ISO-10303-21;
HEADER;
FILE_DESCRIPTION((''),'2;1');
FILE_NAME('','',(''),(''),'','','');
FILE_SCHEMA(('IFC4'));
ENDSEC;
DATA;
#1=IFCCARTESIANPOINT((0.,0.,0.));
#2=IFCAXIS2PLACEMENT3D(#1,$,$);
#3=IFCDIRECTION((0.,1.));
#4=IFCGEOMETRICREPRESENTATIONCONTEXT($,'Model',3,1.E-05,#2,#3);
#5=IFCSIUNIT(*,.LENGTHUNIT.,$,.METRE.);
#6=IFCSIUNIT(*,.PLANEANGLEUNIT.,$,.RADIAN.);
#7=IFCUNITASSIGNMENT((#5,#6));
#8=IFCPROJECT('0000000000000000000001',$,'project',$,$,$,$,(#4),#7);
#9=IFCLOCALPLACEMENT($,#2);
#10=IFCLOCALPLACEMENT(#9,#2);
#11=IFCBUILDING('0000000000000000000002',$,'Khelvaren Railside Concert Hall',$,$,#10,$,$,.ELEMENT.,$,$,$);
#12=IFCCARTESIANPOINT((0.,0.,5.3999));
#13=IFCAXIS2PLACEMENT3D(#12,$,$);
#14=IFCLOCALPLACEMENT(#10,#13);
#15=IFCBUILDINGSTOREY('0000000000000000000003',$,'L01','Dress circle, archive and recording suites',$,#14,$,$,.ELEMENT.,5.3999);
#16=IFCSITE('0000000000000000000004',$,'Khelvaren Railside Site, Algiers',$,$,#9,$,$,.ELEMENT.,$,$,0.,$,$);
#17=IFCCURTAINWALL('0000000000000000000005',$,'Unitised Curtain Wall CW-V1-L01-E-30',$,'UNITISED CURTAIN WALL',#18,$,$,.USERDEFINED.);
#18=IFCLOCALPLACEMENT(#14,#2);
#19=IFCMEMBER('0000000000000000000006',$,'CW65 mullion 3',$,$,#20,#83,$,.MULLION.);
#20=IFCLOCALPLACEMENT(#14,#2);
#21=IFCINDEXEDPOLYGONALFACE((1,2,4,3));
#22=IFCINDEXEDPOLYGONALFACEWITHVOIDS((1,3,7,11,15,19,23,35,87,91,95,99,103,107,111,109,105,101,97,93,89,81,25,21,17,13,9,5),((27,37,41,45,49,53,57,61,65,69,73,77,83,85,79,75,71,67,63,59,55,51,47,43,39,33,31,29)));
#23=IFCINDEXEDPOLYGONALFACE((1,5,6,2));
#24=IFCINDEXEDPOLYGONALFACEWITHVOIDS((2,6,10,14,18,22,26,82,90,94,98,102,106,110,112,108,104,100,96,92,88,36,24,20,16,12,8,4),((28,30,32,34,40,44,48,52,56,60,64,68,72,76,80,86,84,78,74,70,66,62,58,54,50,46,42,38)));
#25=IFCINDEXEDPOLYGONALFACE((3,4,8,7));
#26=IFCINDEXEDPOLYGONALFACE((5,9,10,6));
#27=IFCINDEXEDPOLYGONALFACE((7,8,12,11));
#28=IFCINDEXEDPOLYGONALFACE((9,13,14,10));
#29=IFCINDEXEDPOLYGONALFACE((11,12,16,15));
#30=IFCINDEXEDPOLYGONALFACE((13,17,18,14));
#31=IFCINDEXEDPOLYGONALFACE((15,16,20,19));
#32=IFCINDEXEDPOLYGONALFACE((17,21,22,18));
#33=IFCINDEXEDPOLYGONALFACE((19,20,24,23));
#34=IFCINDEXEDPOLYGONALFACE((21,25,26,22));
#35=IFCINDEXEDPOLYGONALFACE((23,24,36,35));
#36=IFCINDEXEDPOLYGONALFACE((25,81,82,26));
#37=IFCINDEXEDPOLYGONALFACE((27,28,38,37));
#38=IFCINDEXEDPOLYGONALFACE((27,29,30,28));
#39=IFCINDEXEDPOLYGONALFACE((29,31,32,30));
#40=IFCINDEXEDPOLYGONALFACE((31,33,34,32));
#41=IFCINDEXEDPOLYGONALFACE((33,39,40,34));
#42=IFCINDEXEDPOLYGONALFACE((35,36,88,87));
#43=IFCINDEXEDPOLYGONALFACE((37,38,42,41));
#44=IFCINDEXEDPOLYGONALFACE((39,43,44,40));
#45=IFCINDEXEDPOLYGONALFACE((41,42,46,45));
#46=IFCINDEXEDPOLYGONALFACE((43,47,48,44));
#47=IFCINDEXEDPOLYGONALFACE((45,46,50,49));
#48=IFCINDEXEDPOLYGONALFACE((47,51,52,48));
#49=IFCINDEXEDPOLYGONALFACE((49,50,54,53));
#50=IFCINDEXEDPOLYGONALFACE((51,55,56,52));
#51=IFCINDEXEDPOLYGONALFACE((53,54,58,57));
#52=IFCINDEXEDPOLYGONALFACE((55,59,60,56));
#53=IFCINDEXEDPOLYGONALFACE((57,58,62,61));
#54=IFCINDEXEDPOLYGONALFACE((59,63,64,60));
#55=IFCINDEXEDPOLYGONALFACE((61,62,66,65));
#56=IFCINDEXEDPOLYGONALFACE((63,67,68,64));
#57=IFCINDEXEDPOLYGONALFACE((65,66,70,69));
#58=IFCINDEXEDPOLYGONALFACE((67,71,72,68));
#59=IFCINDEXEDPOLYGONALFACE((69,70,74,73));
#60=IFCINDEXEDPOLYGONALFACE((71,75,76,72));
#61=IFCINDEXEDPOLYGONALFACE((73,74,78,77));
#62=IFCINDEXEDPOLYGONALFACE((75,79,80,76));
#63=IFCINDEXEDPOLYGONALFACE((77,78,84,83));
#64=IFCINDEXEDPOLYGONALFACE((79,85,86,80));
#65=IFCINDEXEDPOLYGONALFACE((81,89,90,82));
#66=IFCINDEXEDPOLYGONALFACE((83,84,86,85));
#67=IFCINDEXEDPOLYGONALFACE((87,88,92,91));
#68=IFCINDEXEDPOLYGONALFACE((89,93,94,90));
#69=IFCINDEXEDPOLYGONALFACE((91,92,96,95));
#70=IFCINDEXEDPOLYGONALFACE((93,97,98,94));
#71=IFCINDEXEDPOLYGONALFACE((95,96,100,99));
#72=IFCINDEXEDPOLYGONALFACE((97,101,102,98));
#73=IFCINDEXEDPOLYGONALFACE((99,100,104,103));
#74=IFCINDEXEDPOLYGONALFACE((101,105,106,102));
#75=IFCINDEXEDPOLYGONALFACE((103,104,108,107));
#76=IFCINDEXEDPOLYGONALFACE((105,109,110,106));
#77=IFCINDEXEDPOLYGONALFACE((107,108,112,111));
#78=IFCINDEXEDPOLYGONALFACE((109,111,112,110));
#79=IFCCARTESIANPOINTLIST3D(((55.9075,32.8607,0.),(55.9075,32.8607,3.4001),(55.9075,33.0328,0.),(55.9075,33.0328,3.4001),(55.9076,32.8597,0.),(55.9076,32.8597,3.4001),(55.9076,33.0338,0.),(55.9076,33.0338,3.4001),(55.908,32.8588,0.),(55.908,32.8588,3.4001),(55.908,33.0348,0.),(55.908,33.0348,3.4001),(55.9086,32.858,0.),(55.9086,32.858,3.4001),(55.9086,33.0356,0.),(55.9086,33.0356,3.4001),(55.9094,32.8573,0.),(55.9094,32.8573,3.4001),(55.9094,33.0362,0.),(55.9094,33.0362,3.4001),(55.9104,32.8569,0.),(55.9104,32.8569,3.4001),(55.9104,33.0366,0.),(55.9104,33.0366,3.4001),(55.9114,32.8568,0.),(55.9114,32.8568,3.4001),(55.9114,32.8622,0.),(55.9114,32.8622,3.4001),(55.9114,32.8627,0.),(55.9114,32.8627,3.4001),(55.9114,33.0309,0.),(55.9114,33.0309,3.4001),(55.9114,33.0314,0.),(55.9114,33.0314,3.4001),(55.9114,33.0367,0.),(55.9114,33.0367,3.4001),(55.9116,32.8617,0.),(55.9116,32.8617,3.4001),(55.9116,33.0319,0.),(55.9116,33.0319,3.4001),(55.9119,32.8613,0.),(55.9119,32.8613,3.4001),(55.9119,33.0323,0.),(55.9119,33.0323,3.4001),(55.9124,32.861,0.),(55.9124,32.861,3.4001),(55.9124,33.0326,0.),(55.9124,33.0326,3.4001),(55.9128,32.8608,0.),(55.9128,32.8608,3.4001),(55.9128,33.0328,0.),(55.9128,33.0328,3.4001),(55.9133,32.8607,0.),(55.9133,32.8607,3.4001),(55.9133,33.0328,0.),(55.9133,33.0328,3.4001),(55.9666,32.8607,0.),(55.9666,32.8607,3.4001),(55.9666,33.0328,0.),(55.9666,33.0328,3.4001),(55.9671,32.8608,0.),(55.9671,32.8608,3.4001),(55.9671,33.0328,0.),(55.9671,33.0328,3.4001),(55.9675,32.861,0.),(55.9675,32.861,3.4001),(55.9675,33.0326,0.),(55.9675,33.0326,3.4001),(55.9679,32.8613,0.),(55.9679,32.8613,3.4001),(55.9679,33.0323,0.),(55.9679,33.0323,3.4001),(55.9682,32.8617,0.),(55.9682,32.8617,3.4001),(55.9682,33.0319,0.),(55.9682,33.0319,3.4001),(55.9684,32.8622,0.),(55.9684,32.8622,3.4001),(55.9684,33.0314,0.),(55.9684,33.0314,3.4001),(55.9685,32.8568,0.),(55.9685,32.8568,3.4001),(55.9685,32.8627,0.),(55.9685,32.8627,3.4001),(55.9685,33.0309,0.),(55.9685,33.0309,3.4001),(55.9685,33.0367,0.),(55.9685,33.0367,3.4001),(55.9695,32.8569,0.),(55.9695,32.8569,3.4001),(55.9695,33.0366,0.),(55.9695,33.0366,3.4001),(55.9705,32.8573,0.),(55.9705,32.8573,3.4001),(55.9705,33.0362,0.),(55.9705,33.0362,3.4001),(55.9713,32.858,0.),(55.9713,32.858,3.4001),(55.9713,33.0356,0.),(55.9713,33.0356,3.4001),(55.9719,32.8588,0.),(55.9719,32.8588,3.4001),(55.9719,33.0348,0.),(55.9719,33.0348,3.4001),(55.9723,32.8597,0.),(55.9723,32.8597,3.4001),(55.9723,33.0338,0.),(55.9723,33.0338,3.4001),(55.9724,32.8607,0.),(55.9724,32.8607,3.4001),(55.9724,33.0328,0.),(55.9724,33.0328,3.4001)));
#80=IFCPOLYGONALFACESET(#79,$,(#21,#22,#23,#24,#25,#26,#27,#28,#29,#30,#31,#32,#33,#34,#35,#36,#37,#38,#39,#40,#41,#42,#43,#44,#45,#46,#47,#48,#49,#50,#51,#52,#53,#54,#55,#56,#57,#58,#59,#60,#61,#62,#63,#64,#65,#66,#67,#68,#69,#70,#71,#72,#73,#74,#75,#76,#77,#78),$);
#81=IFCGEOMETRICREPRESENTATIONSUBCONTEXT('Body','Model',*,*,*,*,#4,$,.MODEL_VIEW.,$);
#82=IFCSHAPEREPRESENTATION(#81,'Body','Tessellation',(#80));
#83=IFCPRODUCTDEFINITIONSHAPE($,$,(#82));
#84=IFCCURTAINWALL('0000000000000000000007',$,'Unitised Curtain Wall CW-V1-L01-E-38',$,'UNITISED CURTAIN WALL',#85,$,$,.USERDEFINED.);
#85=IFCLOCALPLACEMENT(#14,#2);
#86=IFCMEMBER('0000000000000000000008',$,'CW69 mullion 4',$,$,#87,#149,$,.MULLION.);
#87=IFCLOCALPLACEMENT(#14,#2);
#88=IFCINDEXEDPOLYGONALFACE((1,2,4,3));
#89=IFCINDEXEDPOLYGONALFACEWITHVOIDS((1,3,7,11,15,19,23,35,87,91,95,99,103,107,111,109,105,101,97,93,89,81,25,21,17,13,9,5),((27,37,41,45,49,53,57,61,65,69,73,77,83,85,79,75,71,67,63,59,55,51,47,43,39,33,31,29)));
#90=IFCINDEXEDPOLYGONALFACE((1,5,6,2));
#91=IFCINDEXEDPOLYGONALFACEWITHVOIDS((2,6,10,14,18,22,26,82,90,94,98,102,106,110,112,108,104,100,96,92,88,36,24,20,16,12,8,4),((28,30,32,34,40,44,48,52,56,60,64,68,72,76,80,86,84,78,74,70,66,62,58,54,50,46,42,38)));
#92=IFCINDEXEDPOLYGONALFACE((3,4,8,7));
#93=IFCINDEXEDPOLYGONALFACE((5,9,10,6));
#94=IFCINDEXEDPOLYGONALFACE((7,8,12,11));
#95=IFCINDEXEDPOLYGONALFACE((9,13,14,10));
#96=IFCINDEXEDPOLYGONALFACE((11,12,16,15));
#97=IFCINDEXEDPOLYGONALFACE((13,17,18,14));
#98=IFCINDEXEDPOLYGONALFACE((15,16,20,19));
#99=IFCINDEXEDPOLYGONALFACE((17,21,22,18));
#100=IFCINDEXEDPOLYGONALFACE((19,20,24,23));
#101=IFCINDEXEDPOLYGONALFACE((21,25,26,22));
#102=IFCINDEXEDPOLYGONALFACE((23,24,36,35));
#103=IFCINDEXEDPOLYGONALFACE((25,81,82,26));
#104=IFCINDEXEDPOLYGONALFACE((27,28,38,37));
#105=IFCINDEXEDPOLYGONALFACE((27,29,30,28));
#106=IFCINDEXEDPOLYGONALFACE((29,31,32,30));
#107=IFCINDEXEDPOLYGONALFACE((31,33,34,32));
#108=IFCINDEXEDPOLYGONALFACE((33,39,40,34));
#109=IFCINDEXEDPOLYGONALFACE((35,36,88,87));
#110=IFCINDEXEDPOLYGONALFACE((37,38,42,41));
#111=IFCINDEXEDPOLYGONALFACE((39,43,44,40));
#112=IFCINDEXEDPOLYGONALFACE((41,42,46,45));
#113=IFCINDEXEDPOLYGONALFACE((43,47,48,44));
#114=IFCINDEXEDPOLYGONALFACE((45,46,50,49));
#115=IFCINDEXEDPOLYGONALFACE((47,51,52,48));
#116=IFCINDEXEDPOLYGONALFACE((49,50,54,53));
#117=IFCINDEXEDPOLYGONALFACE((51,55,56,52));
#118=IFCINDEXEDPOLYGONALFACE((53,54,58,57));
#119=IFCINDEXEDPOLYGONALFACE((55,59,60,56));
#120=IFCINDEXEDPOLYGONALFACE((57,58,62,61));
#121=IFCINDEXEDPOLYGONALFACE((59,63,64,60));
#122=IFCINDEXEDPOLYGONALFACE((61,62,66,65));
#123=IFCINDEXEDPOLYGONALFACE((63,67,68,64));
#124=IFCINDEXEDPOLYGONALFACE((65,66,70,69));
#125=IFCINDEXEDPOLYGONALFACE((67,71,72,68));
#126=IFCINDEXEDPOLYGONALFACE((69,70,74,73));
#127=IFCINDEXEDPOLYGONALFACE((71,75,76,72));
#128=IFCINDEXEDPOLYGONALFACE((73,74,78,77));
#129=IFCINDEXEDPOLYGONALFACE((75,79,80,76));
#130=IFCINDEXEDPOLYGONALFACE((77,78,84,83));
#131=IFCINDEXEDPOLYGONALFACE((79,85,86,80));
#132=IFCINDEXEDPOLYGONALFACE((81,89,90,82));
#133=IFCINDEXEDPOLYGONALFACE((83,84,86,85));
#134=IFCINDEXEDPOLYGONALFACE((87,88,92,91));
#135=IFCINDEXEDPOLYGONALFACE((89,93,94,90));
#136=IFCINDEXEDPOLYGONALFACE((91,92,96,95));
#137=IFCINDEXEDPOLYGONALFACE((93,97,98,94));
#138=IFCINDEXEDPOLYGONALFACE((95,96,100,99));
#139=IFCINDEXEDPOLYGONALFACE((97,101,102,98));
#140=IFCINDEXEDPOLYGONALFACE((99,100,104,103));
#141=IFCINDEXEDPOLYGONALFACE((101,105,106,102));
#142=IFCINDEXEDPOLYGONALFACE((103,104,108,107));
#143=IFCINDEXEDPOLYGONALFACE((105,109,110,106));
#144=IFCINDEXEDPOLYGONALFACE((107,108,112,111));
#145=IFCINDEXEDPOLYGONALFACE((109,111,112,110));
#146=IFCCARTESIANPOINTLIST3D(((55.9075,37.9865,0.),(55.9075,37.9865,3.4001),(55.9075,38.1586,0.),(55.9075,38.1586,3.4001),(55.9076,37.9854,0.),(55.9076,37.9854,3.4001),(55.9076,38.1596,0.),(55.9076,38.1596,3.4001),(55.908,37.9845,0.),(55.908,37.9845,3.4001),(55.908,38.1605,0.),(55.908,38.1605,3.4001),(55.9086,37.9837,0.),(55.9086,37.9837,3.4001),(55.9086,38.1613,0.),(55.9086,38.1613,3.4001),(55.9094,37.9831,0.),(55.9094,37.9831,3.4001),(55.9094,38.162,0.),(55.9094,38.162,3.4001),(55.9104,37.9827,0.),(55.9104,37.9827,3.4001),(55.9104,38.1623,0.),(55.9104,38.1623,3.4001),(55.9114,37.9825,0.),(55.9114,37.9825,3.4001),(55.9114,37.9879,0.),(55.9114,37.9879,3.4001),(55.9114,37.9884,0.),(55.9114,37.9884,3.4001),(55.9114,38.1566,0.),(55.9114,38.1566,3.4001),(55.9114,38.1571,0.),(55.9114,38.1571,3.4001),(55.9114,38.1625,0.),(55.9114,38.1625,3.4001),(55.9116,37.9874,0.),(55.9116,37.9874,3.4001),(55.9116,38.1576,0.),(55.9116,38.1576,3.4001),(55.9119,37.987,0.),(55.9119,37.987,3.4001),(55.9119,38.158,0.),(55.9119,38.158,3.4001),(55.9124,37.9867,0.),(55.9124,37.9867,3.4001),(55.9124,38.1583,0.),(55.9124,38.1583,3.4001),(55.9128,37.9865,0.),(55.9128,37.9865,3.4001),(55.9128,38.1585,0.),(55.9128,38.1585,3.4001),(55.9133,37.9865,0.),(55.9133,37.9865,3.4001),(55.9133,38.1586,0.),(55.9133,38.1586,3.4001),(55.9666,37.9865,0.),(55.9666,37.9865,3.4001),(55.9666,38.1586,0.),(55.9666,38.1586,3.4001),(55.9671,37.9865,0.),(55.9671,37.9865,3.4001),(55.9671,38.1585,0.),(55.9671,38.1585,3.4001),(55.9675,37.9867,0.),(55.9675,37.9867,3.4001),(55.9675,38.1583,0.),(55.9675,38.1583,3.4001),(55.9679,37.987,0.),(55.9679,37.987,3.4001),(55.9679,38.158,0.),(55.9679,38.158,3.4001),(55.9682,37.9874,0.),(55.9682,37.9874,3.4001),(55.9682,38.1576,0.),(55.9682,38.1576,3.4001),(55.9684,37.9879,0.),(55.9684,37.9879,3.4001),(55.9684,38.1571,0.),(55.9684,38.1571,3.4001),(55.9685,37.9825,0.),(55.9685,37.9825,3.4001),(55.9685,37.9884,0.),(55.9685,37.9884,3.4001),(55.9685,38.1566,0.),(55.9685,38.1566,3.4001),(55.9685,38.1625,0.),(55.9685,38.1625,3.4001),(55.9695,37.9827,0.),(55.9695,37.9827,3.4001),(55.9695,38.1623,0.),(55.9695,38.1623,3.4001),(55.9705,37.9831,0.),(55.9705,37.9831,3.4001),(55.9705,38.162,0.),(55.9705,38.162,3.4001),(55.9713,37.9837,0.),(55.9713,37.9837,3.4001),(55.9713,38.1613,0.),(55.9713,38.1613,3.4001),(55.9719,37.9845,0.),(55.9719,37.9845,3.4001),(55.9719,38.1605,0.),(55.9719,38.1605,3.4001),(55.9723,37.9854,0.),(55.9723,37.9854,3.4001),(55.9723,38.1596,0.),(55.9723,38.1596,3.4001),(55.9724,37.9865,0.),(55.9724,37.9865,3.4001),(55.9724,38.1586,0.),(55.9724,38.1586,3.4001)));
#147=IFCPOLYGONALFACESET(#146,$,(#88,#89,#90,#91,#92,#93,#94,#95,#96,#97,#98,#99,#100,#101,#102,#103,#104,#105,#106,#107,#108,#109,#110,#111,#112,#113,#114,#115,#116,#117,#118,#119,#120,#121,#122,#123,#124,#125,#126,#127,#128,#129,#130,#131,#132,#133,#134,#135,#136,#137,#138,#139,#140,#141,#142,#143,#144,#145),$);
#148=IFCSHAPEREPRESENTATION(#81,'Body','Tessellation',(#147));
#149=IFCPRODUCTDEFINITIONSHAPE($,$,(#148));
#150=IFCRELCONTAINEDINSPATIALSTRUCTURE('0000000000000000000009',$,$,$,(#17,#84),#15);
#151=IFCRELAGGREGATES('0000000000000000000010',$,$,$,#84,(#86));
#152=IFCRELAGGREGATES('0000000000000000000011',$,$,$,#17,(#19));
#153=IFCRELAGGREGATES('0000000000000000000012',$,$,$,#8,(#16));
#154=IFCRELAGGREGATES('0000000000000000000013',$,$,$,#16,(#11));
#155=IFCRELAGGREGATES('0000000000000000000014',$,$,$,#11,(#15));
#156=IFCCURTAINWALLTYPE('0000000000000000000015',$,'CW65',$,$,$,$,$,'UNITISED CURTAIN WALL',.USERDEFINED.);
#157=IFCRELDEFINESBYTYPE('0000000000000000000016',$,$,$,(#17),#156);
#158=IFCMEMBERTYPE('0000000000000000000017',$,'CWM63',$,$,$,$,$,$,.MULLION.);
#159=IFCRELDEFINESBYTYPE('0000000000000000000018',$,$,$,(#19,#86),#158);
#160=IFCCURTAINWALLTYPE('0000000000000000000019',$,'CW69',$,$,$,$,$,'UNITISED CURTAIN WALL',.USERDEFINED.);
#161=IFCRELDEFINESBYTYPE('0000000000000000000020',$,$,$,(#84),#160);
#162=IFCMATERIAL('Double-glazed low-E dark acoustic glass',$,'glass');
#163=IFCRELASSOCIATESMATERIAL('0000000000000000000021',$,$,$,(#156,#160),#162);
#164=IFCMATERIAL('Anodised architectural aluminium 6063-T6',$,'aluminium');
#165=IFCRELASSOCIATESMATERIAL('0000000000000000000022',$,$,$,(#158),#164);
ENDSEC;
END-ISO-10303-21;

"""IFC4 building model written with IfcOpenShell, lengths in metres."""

from ifc_helpers import new_model, si_unit, direction, frame, origin, origin_2d, place, context, subcontext, project, spatial, hollow_rectangle, extrude, material, material_profile, profile_set, type_object, element, aggregate, save


model = new_model("IFC4")

# Units and contexts
model_context = context("Model", 3, precision=1e-05, world=origin(), true_north=direction((0.0, 1.0)))
body_context = subcontext(model_context, "Body", "Model", "MODEL_VIEW")
ifc_project = project(units=[si_unit("LENGTHUNIT", "METRE"), si_unit("PLANEANGLEUNIT", "RADIAN")], contexts=[model_context])

# Site, building, storey
site_placement = place(None, origin())
site = spatial("IfcSite", under=ifc_project, at=site_placement, Name="Khelvaren Railside Site, Algiers", CompositionType="ELEMENT", RefElevation=0.0)
building_placement = place(site_placement, origin())
building = spatial("IfcBuilding", under=site, at=building_placement, Name="Khelvaren Railside Concert Hall", CompositionType="ELEMENT")
storey_placement = place(building_placement, frame((0.0, 0.0, 5.3999)))
storey = spatial("IfcBuildingStorey", under=building, at=storey_placement, Name="L01", Description="Dress circle, archive and recording suites", CompositionType="ELEMENT", Elevation=5.3999)

# Curtain wall, member
ifc_material_1 = material(Name="Double-glazed low-E dark acoustic glass", Category="glass")
curtain_wall_type_1 = type_object("IfcCurtainWallType", Name="CW65", ElementType="UNITISED CURTAIN WALL", PredefinedType="USERDEFINED", material=ifc_material_1)
curtain_wall_1_placement = place(storey_placement, origin())
curtain_wall_1 = element("IfcCurtainWall", 1, at=curtain_wall_1_placement, inside=storey, type_object=curtain_wall_type_1, Name="Unitised Curtain Wall CW-V1-L01-E-30", ObjectType="UNITISED CURTAIN WALL", PredefinedType="USERDEFINED")
ifc_material_2 = material(Name="Anodised architectural aluminium 6063-T6", Category="aluminium")
ifc_material_profile_1 = material_profile(ifc_material_2, hollow_rectangle(XDim=0.0649, YDim=0.1799, WallThickness=0.0039, InnerFilletRadius=0.002, OuterFilletRadius=0.0039, at=origin_2d()), Name="CWM 65x180x4")
ifc_profile_set_1 = profile_set([ifc_material_profile_1], Name="Anodised architectural aluminium 6063-T6")
member_type_1 = type_object("IfcMemberType", Name="CWM63", PredefinedType="MULLION", material=ifc_profile_set_1)
member_1_placement = place(storey_placement, frame((55.9399, 32.9468, 0.0), z_axis=(0.0, 0.0, 1.0), x_axis=(1.0, 0.0, 0.0)))
member_1 = element("IfcMember", 2, at=member_1_placement, type_object=member_type_1, Name="CW65 mullion 3", PredefinedType="MULLION", context=body_context, shape_type="SweptSolid", body=[
    extrude(hollow_rectangle(XDim=0.0649, YDim=0.1799, WallThickness=0.0039, InnerFilletRadius=0.002, OuterFilletRadius=0.0039, at=origin_2d()), origin(), (0.0, 0.0, 1.0), 3.4001),
])

# Curtain wall, member
curtain_wall_type_2 = type_object("IfcCurtainWallType", Name="CW69", ElementType="UNITISED CURTAIN WALL", PredefinedType="USERDEFINED", material=ifc_material_1)
curtain_wall_2_placement = place(storey_placement, origin())
curtain_wall_2 = element("IfcCurtainWall", 3, at=curtain_wall_2_placement, inside=storey, type_object=curtain_wall_type_2, Name="Unitised Curtain Wall CW-V1-L01-E-38", ObjectType="UNITISED CURTAIN WALL", PredefinedType="USERDEFINED")
member_2_placement = place(storey_placement, frame((55.9399, 38.0725, 0.0), z_axis=(0.0, 0.0, 1.0), x_axis=(1.0, 0.0, 0.0)))
member_2 = element("IfcMember", 4, at=member_2_placement, type_object=member_type_1, Name="CW69 mullion 4", PredefinedType="MULLION", context=body_context, shape_type="SweptSolid", body=[
    extrude(hollow_rectangle(XDim=0.0649, YDim=0.1799, WallThickness=0.0039, InnerFilletRadius=0.002, OuterFilletRadius=0.0039, at=origin_2d()), origin(), (0.0, 0.0, 1.0), 3.4001),
])
aggregate(curtain_wall_2, [member_2])

aggregate(curtain_wall_1, [member_1])

save(model, "model.ifc")
